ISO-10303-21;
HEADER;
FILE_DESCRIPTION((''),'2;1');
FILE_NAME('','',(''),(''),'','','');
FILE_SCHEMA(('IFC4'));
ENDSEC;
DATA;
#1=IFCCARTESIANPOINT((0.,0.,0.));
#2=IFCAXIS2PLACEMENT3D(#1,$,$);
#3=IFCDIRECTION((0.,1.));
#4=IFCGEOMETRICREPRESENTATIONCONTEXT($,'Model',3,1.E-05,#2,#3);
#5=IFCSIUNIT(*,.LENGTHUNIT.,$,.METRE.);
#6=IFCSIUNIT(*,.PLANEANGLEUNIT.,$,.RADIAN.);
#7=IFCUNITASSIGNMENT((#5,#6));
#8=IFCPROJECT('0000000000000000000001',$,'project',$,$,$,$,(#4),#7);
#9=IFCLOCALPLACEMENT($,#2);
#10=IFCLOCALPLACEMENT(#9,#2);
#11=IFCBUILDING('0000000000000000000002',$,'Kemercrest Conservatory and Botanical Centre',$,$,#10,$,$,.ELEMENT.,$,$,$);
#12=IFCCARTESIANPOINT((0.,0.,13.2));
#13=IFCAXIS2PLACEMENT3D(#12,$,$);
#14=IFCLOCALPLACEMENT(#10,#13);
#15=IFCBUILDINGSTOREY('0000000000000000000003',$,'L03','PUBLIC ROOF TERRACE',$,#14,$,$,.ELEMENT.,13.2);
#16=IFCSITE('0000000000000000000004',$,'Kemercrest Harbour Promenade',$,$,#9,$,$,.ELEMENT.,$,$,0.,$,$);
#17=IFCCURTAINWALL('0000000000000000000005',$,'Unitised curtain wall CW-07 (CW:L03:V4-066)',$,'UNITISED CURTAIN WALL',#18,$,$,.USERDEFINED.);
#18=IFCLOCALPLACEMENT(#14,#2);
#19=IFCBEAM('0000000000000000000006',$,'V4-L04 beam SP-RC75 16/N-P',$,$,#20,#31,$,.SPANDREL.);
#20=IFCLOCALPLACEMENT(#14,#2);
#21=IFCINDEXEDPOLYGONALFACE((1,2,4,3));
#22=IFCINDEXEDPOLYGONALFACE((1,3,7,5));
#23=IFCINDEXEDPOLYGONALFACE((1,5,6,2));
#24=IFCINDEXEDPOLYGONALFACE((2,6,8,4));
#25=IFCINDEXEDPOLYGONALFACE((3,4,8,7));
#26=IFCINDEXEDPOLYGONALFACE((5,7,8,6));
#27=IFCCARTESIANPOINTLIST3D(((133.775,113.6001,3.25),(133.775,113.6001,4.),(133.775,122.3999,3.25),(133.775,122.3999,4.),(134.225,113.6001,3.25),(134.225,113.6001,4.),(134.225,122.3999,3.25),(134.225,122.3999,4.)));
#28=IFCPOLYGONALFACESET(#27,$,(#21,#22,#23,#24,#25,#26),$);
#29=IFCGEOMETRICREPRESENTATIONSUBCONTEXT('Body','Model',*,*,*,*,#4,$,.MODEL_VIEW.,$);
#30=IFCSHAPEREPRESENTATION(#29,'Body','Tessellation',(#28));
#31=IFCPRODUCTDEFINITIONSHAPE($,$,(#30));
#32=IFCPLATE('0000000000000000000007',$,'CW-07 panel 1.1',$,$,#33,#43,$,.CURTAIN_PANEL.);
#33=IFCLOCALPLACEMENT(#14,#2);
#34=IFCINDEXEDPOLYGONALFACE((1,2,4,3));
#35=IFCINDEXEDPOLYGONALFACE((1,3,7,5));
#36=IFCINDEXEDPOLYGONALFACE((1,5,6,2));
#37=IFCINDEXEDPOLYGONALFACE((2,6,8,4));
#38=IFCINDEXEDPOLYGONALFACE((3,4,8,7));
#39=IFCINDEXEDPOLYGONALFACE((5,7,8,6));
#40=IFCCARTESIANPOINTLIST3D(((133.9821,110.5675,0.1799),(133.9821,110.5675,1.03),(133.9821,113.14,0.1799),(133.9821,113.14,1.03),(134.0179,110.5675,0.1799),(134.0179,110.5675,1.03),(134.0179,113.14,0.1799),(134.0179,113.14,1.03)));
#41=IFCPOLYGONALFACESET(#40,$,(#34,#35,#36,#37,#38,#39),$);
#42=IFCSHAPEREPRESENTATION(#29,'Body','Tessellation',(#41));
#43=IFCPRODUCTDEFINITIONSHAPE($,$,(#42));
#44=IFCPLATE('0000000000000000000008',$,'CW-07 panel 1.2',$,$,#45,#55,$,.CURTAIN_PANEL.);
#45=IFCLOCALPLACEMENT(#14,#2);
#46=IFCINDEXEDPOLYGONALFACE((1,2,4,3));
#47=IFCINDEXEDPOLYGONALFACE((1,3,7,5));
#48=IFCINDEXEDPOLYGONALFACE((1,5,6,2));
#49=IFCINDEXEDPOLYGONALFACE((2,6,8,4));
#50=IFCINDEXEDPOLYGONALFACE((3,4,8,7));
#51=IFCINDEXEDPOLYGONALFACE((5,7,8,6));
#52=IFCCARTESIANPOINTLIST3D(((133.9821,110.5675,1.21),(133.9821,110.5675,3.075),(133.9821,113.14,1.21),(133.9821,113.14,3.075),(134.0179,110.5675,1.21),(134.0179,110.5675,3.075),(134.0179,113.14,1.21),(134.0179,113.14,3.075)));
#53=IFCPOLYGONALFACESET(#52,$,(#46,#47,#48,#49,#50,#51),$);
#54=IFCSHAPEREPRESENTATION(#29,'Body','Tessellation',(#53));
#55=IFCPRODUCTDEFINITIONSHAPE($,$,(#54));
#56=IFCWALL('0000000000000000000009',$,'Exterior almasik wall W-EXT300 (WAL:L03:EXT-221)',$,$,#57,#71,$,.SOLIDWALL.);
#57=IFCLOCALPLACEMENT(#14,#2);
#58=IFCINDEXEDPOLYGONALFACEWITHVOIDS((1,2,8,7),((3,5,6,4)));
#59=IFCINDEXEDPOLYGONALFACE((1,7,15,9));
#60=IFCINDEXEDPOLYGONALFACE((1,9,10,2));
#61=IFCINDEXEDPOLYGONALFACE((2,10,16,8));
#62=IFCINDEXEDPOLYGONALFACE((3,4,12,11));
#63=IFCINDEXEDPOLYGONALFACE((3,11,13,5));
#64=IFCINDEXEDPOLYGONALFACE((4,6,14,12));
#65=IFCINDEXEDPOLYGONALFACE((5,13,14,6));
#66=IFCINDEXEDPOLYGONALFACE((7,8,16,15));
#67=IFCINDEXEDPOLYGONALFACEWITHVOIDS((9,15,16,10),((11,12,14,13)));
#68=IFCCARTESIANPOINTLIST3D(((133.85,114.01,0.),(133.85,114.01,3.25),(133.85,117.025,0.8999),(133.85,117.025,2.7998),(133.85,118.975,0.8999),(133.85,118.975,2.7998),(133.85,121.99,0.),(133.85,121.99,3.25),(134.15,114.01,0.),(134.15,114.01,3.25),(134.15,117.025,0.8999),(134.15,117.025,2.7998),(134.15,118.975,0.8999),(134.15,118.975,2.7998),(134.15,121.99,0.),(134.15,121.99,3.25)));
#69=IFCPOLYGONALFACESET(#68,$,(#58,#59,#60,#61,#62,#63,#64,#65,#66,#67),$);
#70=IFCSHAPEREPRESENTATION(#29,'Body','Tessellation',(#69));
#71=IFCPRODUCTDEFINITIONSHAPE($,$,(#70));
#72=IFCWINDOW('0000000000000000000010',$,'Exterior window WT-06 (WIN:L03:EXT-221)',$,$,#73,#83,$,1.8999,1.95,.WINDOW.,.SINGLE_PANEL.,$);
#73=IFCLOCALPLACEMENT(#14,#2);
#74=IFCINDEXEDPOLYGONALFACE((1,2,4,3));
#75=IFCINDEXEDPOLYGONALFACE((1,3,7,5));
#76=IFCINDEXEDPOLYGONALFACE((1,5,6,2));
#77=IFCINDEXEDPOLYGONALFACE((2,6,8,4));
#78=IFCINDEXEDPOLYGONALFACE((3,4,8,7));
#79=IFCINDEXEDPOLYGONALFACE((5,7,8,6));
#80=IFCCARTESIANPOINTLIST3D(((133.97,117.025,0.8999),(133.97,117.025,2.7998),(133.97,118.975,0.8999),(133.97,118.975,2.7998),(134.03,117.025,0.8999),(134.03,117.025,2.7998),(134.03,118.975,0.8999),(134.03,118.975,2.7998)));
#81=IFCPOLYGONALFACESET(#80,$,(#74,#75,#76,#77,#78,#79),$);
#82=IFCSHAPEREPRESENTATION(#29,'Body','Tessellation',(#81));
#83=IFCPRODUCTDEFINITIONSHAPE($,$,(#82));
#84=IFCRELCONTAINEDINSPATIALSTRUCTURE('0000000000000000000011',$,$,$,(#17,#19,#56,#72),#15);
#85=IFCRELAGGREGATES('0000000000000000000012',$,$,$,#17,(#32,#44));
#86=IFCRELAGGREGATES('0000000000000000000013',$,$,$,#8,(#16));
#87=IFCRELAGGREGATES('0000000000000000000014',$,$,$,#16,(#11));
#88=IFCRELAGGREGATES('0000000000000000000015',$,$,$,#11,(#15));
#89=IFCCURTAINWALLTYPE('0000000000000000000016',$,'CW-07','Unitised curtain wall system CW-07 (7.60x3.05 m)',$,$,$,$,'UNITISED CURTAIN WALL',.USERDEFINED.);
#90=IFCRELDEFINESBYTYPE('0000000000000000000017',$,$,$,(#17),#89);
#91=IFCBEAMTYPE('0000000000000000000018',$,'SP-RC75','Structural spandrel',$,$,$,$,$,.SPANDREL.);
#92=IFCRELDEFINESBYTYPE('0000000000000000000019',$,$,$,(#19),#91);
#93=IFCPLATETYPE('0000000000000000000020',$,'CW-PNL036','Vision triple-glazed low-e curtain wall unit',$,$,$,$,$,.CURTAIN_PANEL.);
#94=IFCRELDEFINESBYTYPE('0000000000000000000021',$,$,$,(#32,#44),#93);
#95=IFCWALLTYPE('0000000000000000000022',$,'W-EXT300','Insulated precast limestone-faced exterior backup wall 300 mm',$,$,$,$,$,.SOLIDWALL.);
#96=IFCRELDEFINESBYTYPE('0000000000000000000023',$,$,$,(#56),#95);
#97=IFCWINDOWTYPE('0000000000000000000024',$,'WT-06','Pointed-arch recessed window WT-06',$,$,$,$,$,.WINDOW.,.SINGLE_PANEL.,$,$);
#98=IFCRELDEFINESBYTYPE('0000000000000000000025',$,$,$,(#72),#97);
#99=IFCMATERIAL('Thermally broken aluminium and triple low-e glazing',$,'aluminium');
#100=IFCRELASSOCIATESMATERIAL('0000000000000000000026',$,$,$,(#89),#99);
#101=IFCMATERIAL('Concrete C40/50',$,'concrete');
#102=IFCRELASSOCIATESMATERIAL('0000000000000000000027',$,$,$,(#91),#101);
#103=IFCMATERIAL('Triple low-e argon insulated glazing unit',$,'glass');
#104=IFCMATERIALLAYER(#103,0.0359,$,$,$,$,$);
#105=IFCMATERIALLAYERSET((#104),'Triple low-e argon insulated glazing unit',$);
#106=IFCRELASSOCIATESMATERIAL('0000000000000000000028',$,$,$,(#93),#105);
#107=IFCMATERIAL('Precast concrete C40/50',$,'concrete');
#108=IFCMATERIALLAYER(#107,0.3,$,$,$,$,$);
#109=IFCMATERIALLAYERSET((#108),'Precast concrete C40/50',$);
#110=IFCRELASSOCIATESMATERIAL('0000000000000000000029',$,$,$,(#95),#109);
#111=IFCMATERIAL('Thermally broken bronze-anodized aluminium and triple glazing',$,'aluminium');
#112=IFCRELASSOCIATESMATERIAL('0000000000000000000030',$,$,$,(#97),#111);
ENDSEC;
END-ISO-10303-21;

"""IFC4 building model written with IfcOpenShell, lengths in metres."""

from ifc_helpers import new_model, si_unit, direction, frame, frame_2d, origin, origin_2d, place, context, subcontext, project, spatial, rectangle, extrude, material, layer, layer_set, material_profile, profile_set, type_object, element, fill, aggregate, save


model = new_model("IFC4")

# Units and contexts
model_context = context("Model", 3, precision=1e-05, world=origin(), true_north=direction((0.0, 1.0)))
body_context = subcontext(model_context, "Body", "Model", "MODEL_VIEW")
ifc_project = project(units=[si_unit("LENGTHUNIT", "METRE"), si_unit("PLANEANGLEUNIT", "RADIAN")], contexts=[model_context])

# Site, building, storey
site_placement = place(None, origin())
site = spatial("IfcSite", under=ifc_project, at=site_placement, Name="Kemercrest Harbour Promenade", CompositionType="ELEMENT", RefElevation=0.0)
building_placement = place(site_placement, origin())
building = spatial("IfcBuilding", under=site, at=building_placement, Name="Kemercrest Conservatory and Botanical Centre", CompositionType="ELEMENT")
storey_placement = place(building_placement, frame((0.0, 0.0, 13.2)))
storey = spatial("IfcBuildingStorey", under=building, at=storey_placement, Name="L03", Description="PUBLIC ROOF TERRACE", CompositionType="ELEMENT", Elevation=13.2)

# Shared definitions
ifc_material_1 = material(Name="Concrete C40/50", Category="concrete")

# Curtain wall
ifc_material_2 = material(Name="Thermally broken aluminium and triple low-e glazing", Category="aluminium")
curtain_wall_type = type_object("IfcCurtainWallType", Name="CW-07", Description="Unitised curtain wall system CW-07 (7.60x3.05 m)", ElementType="UNITISED CURTAIN WALL", PredefinedType="USERDEFINED", material=ifc_material_2)
curtain_wall_placement = place(storey_placement, origin())
curtain_wall = element("IfcCurtainWall", 1, at=curtain_wall_placement, inside=storey, type_object=curtain_wall_type, Name="Unitised curtain wall CW-07 (CW:L03:V4-066)", ObjectType="UNITISED CURTAIN WALL", PredefinedType="USERDEFINED")

# Beam
ifc_material_profile_1 = material_profile(ifc_material_1, rectangle(XDim=0.45, YDim=0.75, at=origin_2d()), Name="RC 450x750")
ifc_profile_set_1 = profile_set([ifc_material_profile_1], Name="Concrete C40/50")
beam_type_1 = type_object("IfcBeamType", Name="SP-RC75", Description="Structural spandrel", PredefinedType="SPANDREL", material=ifc_profile_set_1)
beam_1_placement = place(storey_placement, frame((134.0, 113.6001, 3.625), z_axis=(0.0, 1.0, 0.0), x_axis=(-1.0, 0.0, 0.0)))
element("IfcBeam", 2, at=beam_1_placement, inside=storey, type_object=beam_type_1, Name="V4-L04 beam SP-RC75 16/N-P", PredefinedType="SPANDREL", context=body_context, shape_type="SweptSolid", body=[
    extrude(rectangle(XDim=0.45, YDim=0.75, at=origin_2d()), origin(), (0.0, 0.0, 1.0), 8.7998),
])

# Plates
ifc_material_3 = material(Name="Triple low-e argon insulated glazing unit", Category="glass")
ifc_layer_1 = layer(ifc_material_3, 0.0359)
ifc_layer_set_1 = layer_set([ifc_layer_1], Name="Triple low-e argon insulated glazing unit")
plate_type = type_object("IfcPlateType", Name="CW-PNL036", Description="Vision triple-glazed low-e curtain wall unit", PredefinedType="CURTAIN_PANEL", material=ifc_layer_set_1)
plate_1_placement = place(storey_placement, frame((134.0, 111.8538, 0.1799), z_axis=(0.0, 0.0, 1.0), x_axis=(0.0, -1.0, 0.0)))
plate_1 = element("IfcPlate", 3, at=plate_1_placement, type_object=plate_type, Name="CW-07 panel 1.1", PredefinedType="CURTAIN_PANEL", context=body_context, shape_type="SweptSolid", body=[
    extrude(rectangle(XDim=2.5725, YDim=0.0359, at=origin_2d()), origin(), (0.0, 0.0, 1.0), 0.8501),
])
plate_2_placement = place(storey_placement, frame((134.0, 111.8538, 1.21), z_axis=(0.0, 0.0, 1.0), x_axis=(0.0, -1.0, 0.0)))
plate_2 = element("IfcPlate", 4, at=plate_2_placement, type_object=plate_type, Name="CW-07 panel 1.2", PredefinedType="CURTAIN_PANEL", context=body_context, shape_type="SweptSolid", body=[
    extrude(rectangle(XDim=2.5725, YDim=0.0359, at=origin_2d()), origin(), (0.0, 0.0, 1.0), 1.865),
])
aggregate(curtain_wall, [plate_1, plate_2])

# Wall, opening, window
ifc_material_4 = material(Name="Precast concrete C40/50", Category="concrete")
ifc_layer_2 = layer(ifc_material_4, 0.3)
ifc_layer_set_2 = layer_set([ifc_layer_2], Name="Precast concrete C40/50")
wall_type = type_object("IfcWallType", Name="W-EXT300", Description="Insulated precast limestone-faced exterior backup wall 300 mm", PredefinedType="SOLIDWALL", material=ifc_layer_set_2)
wall_placement = place(storey_placement, frame((134.0, 121.99, 0.0), z_axis=(0.0, 0.0, 1.0), x_axis=(0.0, -1.0, 0.0)))
wall = element("IfcWall", 5, at=wall_placement, inside=storey, type_object=wall_type, Name="Exterior almasik wall W-EXT300 (WAL:L03:EXT-221)", PredefinedType="SOLIDWALL", context=body_context, shape_type="SweptSolid", body=[
    extrude(rectangle(XDim=7.98, YDim=0.3, at=frame_2d((3.99, 0.0))), origin(), (0.0, 0.0, 1.0), 3.25),
])
opening_placement = place(wall_placement, frame((3.0149, 0.0, 0.8999)))
opening = element("IfcOpeningElement", 6, at=opening_placement, cuts=wall, PredefinedType="OPENING", context=body_context, shape_type="SweptSolid", body=[
    extrude(rectangle(XDim=1.95, YDim=1.8999, at=frame_2d((0.9751, 0.95))), frame((0.0, 0.1602, 0.0), z_axis=(0.0, -1.0, 0.0), x_axis=(1.0, 0.0, 0.0)), (0.0, 0.0, 1.0), 0.3201),
])
ifc_material_5 = material(Name="Thermally broken bronze-anodized aluminium and triple glazing", Category="aluminium")
window_type = type_object("IfcWindowType", Name="WT-06", Description="Pointed-arch recessed window WT-06", PartitioningType="SINGLE_PANEL", PredefinedType="WINDOW", material=ifc_material_5)
window_placement = place(opening_placement, origin())
window = element("IfcWindow", 7, at=window_placement, inside=storey, type_object=window_type, Name="Exterior window WT-06 (WIN:L03:EXT-221)", OverallHeight=1.8999, OverallWidth=1.95, PartitioningType="SINGLE_PANEL", PredefinedType="WINDOW", context=body_context, shape_type="SweptSolid", body=[
    extrude(rectangle(XDim=1.95, YDim=1.8999, at=frame_2d((0.9751, 0.95))), frame((0.0, 0.03, 0.0), z_axis=(0.0, -1.0, 0.0), x_axis=(1.0, 0.0, 0.0)), (0.0, 0.0, 1.0), 0.0601),
])
fill(opening, window)

save(model, "model.ifc")
